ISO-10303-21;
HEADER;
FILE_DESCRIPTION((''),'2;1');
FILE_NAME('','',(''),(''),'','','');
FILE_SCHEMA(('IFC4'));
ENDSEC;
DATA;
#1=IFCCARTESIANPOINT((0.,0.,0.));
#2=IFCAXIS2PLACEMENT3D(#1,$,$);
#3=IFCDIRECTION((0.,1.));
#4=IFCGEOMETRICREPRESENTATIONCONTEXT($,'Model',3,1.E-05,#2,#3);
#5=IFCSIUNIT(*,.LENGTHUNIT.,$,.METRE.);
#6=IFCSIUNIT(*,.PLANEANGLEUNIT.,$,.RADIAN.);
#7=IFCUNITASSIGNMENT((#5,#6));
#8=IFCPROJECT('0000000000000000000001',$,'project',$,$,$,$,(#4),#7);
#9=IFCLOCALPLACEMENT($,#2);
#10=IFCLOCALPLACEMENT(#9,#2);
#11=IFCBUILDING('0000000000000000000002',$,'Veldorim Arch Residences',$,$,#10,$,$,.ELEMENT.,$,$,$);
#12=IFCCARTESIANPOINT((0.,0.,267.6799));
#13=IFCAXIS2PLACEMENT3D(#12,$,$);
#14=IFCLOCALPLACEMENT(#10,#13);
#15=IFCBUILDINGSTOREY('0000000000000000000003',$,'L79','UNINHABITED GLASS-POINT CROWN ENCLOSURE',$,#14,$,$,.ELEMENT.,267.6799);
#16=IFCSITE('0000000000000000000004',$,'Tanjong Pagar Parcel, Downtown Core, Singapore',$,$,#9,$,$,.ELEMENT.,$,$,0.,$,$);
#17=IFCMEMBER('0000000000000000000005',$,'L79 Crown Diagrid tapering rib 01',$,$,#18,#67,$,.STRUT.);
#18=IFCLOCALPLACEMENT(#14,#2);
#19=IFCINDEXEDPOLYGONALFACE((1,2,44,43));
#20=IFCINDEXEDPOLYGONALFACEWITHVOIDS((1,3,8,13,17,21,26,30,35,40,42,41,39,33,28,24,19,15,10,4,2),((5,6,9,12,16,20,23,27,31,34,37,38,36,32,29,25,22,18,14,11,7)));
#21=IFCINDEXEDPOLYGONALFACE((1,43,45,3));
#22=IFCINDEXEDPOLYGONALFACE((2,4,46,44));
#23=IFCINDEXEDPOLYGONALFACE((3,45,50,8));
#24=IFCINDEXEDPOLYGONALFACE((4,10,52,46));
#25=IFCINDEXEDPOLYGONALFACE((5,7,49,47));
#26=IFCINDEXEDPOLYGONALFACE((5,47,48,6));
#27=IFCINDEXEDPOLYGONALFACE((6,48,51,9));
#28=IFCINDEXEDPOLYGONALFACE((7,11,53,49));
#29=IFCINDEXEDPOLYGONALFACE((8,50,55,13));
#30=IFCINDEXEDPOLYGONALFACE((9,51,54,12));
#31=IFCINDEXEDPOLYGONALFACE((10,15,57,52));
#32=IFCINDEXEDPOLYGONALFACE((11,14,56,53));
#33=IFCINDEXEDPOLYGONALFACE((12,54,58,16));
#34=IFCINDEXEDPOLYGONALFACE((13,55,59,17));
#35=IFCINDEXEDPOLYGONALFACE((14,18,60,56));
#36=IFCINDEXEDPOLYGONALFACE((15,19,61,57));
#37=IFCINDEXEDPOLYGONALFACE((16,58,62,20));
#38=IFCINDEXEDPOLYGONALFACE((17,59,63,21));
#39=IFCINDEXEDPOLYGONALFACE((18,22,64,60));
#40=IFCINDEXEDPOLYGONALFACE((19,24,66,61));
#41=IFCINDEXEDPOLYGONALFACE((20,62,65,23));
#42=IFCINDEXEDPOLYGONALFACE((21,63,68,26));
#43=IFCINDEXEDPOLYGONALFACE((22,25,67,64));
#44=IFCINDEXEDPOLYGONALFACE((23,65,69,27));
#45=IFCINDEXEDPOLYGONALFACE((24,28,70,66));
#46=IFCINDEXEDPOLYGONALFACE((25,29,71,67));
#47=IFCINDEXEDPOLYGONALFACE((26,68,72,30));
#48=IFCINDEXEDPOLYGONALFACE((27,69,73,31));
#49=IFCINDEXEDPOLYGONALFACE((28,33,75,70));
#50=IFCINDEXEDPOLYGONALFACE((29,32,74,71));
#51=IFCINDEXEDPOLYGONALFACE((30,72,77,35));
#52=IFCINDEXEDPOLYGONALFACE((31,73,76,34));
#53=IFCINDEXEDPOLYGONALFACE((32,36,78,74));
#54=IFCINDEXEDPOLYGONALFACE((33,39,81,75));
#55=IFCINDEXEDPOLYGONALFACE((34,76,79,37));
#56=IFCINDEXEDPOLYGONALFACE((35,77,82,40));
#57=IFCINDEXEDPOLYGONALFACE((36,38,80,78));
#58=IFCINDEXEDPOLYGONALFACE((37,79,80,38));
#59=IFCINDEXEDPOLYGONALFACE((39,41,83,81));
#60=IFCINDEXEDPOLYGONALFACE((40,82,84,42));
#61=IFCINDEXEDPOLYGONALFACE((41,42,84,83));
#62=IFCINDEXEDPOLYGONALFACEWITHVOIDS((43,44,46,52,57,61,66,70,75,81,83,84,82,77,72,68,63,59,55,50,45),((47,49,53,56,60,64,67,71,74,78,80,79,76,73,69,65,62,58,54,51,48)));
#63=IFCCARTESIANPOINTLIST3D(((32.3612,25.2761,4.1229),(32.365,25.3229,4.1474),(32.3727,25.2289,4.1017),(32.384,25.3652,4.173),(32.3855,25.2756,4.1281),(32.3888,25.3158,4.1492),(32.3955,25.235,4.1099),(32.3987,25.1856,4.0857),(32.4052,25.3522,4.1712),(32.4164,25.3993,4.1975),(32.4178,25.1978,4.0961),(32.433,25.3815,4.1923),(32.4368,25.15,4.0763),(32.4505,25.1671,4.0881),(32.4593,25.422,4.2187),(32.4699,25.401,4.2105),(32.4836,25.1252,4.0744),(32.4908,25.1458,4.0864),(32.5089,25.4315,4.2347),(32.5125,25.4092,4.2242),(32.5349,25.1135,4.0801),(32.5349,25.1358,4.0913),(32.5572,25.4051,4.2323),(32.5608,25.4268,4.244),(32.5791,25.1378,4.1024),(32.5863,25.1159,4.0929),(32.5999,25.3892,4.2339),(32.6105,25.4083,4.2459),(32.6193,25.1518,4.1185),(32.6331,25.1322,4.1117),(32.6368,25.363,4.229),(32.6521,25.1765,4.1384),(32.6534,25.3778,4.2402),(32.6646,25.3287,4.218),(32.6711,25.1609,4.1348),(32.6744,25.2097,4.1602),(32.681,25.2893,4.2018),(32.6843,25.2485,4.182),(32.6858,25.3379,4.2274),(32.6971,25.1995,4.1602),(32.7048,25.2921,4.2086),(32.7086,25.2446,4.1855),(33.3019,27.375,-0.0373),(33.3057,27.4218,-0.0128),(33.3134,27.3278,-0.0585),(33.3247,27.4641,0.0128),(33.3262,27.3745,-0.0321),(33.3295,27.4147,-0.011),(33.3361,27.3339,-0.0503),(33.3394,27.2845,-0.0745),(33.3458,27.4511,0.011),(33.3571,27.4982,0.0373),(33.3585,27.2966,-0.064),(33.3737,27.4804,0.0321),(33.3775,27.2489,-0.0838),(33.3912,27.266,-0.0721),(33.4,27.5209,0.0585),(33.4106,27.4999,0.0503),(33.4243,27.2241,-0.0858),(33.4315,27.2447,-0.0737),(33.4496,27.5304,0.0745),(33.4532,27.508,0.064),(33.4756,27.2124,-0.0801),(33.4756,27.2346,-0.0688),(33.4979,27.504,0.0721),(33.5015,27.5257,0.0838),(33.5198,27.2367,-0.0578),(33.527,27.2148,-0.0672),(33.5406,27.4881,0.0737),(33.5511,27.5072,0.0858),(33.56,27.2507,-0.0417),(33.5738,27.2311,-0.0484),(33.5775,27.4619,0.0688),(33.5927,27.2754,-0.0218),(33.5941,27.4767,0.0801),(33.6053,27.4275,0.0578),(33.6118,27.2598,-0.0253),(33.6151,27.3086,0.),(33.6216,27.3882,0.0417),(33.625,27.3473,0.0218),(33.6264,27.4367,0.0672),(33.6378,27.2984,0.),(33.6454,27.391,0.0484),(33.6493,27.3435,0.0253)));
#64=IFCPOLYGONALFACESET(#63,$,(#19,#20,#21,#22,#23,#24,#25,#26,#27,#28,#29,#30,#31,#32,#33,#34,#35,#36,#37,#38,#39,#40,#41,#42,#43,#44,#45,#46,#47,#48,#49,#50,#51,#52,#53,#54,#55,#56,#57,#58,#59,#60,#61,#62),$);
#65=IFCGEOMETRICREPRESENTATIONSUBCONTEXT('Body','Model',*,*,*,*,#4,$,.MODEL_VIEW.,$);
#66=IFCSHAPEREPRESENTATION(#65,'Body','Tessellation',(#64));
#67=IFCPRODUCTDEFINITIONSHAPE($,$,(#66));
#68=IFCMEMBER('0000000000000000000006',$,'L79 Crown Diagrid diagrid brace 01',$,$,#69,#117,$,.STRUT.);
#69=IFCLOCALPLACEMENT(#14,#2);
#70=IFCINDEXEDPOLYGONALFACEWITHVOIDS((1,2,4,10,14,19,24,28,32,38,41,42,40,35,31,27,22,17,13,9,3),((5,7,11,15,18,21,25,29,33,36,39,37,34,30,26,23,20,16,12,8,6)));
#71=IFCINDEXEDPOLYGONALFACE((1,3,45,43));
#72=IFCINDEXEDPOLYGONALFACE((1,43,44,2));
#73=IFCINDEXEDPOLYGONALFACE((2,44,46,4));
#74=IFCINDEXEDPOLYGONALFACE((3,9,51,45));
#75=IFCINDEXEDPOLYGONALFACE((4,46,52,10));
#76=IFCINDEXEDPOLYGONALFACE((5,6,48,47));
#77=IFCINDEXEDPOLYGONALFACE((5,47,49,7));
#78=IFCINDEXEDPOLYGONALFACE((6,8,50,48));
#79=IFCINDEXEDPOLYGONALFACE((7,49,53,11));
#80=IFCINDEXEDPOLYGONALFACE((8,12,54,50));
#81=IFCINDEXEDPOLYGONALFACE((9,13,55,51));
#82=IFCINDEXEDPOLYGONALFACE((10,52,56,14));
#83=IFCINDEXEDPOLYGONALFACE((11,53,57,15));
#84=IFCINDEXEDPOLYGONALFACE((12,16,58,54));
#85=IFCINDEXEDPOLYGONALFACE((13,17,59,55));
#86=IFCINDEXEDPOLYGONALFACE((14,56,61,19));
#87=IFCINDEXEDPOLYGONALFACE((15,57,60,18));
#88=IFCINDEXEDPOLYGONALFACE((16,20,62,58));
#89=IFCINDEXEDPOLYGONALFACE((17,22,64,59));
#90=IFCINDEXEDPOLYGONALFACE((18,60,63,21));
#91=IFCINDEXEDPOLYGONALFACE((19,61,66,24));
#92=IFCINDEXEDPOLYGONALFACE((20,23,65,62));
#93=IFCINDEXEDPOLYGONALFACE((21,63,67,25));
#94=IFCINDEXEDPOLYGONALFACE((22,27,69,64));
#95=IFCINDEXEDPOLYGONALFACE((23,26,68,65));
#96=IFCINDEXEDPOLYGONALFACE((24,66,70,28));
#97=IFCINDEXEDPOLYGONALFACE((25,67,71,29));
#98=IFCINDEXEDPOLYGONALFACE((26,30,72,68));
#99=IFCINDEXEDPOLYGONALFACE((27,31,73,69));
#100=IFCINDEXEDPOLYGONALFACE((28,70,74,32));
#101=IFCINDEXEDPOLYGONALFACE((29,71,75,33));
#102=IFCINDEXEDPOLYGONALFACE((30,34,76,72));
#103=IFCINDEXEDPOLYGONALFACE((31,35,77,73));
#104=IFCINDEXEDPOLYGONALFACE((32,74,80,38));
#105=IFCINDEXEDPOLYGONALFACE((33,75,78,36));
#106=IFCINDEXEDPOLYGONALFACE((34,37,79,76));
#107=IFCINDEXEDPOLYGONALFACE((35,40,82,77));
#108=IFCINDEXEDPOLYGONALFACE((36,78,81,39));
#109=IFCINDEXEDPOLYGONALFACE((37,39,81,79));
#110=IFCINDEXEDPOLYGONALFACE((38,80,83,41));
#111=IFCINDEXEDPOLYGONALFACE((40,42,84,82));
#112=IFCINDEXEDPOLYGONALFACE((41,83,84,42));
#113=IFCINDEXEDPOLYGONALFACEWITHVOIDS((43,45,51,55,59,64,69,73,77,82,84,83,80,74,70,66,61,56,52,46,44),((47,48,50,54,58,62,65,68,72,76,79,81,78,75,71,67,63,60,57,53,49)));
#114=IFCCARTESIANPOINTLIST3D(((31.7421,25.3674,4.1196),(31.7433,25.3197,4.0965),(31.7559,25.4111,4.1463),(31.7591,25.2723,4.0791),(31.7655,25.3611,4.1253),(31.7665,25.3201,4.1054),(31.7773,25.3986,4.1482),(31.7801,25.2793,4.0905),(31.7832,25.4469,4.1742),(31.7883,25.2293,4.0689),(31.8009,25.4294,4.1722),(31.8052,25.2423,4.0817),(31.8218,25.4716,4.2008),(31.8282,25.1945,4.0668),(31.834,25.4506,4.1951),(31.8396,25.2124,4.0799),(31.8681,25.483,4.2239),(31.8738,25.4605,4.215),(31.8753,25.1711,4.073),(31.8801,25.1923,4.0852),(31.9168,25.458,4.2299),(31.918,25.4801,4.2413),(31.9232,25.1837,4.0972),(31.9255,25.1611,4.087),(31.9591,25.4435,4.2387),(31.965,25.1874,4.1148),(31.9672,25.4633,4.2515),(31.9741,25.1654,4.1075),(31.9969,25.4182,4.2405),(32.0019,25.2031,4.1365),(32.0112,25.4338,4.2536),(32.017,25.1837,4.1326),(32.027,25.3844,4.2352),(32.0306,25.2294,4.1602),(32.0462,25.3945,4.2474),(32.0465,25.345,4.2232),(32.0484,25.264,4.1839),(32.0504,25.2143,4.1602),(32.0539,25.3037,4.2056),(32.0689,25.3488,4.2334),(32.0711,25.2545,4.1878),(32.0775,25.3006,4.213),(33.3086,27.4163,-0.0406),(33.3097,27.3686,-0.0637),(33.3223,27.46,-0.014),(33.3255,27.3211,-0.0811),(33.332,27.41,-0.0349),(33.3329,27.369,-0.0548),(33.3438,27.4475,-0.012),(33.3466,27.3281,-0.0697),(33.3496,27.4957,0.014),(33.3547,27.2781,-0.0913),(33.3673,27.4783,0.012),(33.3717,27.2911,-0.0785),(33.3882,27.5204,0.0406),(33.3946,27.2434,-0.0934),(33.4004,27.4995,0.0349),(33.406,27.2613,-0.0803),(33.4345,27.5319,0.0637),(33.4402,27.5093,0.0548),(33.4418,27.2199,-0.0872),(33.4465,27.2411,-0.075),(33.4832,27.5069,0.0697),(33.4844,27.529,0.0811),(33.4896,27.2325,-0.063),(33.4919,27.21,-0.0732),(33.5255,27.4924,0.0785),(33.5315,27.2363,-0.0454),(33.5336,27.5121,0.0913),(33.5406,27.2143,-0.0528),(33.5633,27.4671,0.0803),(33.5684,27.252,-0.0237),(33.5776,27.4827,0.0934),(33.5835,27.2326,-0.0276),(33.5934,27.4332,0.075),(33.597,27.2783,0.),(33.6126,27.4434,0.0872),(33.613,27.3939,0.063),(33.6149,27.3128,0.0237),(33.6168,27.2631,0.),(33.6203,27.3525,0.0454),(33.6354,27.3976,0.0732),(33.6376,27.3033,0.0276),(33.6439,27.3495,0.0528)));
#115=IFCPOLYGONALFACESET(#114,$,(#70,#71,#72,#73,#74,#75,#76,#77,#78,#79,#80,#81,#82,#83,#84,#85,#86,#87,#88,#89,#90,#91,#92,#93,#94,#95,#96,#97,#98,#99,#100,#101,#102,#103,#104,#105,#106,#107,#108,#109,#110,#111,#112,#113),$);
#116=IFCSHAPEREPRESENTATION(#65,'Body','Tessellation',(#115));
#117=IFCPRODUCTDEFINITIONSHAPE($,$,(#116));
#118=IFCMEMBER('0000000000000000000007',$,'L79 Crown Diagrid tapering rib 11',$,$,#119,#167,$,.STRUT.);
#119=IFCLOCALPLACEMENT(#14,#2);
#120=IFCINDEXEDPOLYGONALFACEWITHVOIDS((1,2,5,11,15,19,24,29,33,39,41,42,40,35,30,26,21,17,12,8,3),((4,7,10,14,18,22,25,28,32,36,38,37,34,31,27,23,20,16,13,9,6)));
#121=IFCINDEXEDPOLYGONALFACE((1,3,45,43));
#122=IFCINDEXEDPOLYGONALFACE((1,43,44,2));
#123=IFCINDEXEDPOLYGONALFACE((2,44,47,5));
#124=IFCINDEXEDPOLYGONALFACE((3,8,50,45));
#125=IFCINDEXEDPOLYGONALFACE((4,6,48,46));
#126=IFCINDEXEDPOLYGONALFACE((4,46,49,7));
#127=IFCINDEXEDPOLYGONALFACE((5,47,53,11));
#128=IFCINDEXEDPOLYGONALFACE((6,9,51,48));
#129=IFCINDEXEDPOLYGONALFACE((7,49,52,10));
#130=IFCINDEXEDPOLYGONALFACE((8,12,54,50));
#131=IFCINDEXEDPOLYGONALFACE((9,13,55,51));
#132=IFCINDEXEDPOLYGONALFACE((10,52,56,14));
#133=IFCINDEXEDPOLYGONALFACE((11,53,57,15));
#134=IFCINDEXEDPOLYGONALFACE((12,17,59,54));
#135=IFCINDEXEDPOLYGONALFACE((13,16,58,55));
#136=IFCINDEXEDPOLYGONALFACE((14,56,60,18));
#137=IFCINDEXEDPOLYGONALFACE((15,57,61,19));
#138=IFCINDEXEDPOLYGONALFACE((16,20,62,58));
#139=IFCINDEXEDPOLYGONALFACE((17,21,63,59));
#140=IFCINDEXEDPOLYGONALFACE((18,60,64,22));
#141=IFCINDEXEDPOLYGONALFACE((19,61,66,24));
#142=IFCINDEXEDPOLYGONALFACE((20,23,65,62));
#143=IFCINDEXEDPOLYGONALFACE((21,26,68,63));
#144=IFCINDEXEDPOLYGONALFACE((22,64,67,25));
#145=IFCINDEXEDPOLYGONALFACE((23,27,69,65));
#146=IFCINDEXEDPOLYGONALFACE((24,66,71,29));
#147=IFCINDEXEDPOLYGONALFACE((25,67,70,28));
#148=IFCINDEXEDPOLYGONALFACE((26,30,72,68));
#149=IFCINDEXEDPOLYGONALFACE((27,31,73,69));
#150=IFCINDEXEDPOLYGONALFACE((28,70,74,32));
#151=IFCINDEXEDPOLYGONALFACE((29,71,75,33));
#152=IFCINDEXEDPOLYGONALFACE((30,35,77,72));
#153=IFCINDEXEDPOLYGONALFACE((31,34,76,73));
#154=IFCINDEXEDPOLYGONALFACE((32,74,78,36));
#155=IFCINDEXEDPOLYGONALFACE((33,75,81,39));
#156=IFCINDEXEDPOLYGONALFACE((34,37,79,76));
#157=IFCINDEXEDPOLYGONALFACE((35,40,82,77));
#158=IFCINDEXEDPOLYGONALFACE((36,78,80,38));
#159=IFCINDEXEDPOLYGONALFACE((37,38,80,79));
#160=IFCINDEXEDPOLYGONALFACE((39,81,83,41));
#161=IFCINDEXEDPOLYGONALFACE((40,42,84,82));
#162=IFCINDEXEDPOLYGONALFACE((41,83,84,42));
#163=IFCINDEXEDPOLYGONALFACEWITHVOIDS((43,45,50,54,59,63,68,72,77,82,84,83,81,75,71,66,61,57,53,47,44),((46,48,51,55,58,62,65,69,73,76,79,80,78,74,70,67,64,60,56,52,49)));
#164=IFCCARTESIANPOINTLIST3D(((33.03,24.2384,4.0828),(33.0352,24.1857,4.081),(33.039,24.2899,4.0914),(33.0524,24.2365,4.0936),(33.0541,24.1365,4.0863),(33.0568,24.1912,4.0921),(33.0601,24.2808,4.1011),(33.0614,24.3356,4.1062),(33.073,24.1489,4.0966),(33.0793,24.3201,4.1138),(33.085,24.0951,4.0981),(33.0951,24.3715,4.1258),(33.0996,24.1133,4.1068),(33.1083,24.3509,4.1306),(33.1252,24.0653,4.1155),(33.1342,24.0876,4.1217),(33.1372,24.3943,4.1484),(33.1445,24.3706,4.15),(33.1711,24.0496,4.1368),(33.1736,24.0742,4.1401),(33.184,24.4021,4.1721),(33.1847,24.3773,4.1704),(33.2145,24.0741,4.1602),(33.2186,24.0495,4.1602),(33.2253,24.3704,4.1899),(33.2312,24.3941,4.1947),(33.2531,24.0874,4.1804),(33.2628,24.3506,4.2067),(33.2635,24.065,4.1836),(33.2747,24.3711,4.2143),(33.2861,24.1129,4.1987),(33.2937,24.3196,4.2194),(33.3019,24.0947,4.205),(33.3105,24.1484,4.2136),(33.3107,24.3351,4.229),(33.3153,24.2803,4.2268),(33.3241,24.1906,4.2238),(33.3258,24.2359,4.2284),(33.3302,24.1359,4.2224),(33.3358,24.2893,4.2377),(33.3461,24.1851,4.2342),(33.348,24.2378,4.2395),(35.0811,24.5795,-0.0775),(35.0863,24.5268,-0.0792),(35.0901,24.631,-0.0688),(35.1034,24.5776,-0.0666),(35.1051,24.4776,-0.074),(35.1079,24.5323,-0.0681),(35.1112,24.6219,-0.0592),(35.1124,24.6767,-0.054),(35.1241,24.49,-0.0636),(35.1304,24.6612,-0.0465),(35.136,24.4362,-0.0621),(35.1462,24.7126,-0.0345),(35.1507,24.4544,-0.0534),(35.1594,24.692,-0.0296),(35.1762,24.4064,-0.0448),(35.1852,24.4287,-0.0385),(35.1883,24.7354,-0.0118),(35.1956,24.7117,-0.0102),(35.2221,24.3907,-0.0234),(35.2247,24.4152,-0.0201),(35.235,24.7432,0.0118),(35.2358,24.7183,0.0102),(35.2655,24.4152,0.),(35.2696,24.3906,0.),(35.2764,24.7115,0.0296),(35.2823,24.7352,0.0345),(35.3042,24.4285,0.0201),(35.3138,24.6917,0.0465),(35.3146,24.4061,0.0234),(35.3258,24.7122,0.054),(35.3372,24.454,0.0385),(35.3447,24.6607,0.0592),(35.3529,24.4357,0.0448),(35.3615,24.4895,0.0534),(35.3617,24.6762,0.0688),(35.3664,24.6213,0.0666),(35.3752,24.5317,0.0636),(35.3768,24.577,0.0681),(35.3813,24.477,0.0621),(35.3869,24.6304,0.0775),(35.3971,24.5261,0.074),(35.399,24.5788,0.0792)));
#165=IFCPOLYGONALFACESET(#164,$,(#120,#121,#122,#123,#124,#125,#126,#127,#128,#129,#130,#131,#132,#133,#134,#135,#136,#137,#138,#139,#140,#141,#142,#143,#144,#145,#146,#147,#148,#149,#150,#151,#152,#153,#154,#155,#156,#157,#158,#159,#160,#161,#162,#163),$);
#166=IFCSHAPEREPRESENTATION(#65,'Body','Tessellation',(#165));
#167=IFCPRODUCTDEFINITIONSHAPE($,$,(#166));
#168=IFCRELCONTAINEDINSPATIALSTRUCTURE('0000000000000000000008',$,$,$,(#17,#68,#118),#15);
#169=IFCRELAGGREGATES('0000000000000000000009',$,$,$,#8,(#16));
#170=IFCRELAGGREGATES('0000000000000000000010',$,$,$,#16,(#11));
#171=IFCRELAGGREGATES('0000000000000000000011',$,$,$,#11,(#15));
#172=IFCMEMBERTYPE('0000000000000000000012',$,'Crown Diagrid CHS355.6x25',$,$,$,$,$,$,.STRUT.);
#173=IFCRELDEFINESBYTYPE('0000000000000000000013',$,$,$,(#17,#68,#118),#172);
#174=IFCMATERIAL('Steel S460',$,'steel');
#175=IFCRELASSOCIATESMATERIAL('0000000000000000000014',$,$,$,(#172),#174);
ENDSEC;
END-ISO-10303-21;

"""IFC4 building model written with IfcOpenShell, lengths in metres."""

from ifc_helpers import new_model, si_unit, direction, frame, origin, origin_2d, place, context, subcontext, project, spatial, hollow_circle, extrude, material, material_profile, profile_set, type_object, element, save


model = new_model("IFC4")

# Units and contexts
model_context = context("Model", 3, precision=1e-05, world=origin(), true_north=direction((0.0, 1.0)))
body_context = subcontext(model_context, "Body", "Model", "MODEL_VIEW")
ifc_project = project(units=[si_unit("LENGTHUNIT", "METRE"), si_unit("PLANEANGLEUNIT", "RADIAN")], contexts=[model_context])

# Site, building, storey
site_placement = place(None, origin())
site = spatial("IfcSite", under=ifc_project, at=site_placement, Name="Tanjong Pagar Parcel, Downtown Core, Singapore", CompositionType="ELEMENT", RefElevation=0.0)
building_placement = place(site_placement, origin())
building = spatial("IfcBuilding", under=site, at=building_placement, Name="Veldorim Arch Residences", CompositionType="ELEMENT")
storey_placement = place(building_placement, frame((0.0, 0.0, 267.6799)))
storey = spatial("IfcBuildingStorey", under=building, at=storey_placement, Name="L79", Description="UNINHABITED GLASS-POINT CROWN ENCLOSURE", CompositionType="ELEMENT", Elevation=267.6799)

# Members
ifc_material_1 = material(Name="Steel S460", Category="steel")
ifc_material_profile_1 = material_profile(ifc_material_1, hollow_circle(Radius=0.1777, WallThickness=0.0249, at=origin_2d()), Name="CHS355.6x25")
ifc_profile_set_1 = profile_set([ifc_material_profile_1], Name="Steel S460")
member_type_1 = type_object("IfcMemberType", Name="Crown Diagrid CHS355.6x25", PredefinedType="STRUT", material=ifc_profile_set_1)
member_1_placement = place(storey_placement, frame((33.4756, 27.3711, 0.0), z_axis=(-0.197885, -0.441531, 0.875153), x_axis=(0.912542, -0.408983, 0.0)))
element("IfcMember", 1, at=member_1_placement, inside=storey, type_object=member_type_1, Name="L79 Crown Diagrid tapering rib 01", PredefinedType="STRUT", context=body_context, shape_type="SweptSolid", body=[
    extrude(hollow_circle(Radius=0.1777, WallThickness=0.0249, at=origin_2d()), origin(), (0.0, 0.0, 1.0), 4.7537),
])
member_2_placement = place(storey_placement, frame((33.4756, 27.3711, 0.0), z_axis=(-0.32002, -0.41858, 0.849928), x_axis=(0.794422, -0.607366, 0.0)))
element("IfcMember", 2, at=member_2_placement, inside=storey, type_object=member_type_1, Name="L79 Crown Diagrid diagrid brace 01", PredefinedType="STRUT", context=body_context, shape_type="SweptSolid", body=[
    extrude(hollow_circle(Radius=0.1777, WallThickness=0.0249, at=origin_2d()), origin(), (0.0, 0.0, 1.0), 4.8948),
])
member_3_placement = place(storey_placement, frame((35.2405, 24.5659, 0.0), z_axis=(-0.441005, -0.073335, 0.894504), x_axis=(0.164037, -0.986454, 0.0)))
element("IfcMember", 3, at=member_3_placement, inside=storey, type_object=member_type_1, Name="L79 Crown Diagrid tapering rib 11", PredefinedType="STRUT", context=body_context, shape_type="SweptSolid", body=[
    extrude(hollow_circle(Radius=0.1777, WallThickness=0.0249, at=origin_2d()), origin(), (0.0, 0.0, 1.0), 4.6509),
])

save(model, "model.ifc")
